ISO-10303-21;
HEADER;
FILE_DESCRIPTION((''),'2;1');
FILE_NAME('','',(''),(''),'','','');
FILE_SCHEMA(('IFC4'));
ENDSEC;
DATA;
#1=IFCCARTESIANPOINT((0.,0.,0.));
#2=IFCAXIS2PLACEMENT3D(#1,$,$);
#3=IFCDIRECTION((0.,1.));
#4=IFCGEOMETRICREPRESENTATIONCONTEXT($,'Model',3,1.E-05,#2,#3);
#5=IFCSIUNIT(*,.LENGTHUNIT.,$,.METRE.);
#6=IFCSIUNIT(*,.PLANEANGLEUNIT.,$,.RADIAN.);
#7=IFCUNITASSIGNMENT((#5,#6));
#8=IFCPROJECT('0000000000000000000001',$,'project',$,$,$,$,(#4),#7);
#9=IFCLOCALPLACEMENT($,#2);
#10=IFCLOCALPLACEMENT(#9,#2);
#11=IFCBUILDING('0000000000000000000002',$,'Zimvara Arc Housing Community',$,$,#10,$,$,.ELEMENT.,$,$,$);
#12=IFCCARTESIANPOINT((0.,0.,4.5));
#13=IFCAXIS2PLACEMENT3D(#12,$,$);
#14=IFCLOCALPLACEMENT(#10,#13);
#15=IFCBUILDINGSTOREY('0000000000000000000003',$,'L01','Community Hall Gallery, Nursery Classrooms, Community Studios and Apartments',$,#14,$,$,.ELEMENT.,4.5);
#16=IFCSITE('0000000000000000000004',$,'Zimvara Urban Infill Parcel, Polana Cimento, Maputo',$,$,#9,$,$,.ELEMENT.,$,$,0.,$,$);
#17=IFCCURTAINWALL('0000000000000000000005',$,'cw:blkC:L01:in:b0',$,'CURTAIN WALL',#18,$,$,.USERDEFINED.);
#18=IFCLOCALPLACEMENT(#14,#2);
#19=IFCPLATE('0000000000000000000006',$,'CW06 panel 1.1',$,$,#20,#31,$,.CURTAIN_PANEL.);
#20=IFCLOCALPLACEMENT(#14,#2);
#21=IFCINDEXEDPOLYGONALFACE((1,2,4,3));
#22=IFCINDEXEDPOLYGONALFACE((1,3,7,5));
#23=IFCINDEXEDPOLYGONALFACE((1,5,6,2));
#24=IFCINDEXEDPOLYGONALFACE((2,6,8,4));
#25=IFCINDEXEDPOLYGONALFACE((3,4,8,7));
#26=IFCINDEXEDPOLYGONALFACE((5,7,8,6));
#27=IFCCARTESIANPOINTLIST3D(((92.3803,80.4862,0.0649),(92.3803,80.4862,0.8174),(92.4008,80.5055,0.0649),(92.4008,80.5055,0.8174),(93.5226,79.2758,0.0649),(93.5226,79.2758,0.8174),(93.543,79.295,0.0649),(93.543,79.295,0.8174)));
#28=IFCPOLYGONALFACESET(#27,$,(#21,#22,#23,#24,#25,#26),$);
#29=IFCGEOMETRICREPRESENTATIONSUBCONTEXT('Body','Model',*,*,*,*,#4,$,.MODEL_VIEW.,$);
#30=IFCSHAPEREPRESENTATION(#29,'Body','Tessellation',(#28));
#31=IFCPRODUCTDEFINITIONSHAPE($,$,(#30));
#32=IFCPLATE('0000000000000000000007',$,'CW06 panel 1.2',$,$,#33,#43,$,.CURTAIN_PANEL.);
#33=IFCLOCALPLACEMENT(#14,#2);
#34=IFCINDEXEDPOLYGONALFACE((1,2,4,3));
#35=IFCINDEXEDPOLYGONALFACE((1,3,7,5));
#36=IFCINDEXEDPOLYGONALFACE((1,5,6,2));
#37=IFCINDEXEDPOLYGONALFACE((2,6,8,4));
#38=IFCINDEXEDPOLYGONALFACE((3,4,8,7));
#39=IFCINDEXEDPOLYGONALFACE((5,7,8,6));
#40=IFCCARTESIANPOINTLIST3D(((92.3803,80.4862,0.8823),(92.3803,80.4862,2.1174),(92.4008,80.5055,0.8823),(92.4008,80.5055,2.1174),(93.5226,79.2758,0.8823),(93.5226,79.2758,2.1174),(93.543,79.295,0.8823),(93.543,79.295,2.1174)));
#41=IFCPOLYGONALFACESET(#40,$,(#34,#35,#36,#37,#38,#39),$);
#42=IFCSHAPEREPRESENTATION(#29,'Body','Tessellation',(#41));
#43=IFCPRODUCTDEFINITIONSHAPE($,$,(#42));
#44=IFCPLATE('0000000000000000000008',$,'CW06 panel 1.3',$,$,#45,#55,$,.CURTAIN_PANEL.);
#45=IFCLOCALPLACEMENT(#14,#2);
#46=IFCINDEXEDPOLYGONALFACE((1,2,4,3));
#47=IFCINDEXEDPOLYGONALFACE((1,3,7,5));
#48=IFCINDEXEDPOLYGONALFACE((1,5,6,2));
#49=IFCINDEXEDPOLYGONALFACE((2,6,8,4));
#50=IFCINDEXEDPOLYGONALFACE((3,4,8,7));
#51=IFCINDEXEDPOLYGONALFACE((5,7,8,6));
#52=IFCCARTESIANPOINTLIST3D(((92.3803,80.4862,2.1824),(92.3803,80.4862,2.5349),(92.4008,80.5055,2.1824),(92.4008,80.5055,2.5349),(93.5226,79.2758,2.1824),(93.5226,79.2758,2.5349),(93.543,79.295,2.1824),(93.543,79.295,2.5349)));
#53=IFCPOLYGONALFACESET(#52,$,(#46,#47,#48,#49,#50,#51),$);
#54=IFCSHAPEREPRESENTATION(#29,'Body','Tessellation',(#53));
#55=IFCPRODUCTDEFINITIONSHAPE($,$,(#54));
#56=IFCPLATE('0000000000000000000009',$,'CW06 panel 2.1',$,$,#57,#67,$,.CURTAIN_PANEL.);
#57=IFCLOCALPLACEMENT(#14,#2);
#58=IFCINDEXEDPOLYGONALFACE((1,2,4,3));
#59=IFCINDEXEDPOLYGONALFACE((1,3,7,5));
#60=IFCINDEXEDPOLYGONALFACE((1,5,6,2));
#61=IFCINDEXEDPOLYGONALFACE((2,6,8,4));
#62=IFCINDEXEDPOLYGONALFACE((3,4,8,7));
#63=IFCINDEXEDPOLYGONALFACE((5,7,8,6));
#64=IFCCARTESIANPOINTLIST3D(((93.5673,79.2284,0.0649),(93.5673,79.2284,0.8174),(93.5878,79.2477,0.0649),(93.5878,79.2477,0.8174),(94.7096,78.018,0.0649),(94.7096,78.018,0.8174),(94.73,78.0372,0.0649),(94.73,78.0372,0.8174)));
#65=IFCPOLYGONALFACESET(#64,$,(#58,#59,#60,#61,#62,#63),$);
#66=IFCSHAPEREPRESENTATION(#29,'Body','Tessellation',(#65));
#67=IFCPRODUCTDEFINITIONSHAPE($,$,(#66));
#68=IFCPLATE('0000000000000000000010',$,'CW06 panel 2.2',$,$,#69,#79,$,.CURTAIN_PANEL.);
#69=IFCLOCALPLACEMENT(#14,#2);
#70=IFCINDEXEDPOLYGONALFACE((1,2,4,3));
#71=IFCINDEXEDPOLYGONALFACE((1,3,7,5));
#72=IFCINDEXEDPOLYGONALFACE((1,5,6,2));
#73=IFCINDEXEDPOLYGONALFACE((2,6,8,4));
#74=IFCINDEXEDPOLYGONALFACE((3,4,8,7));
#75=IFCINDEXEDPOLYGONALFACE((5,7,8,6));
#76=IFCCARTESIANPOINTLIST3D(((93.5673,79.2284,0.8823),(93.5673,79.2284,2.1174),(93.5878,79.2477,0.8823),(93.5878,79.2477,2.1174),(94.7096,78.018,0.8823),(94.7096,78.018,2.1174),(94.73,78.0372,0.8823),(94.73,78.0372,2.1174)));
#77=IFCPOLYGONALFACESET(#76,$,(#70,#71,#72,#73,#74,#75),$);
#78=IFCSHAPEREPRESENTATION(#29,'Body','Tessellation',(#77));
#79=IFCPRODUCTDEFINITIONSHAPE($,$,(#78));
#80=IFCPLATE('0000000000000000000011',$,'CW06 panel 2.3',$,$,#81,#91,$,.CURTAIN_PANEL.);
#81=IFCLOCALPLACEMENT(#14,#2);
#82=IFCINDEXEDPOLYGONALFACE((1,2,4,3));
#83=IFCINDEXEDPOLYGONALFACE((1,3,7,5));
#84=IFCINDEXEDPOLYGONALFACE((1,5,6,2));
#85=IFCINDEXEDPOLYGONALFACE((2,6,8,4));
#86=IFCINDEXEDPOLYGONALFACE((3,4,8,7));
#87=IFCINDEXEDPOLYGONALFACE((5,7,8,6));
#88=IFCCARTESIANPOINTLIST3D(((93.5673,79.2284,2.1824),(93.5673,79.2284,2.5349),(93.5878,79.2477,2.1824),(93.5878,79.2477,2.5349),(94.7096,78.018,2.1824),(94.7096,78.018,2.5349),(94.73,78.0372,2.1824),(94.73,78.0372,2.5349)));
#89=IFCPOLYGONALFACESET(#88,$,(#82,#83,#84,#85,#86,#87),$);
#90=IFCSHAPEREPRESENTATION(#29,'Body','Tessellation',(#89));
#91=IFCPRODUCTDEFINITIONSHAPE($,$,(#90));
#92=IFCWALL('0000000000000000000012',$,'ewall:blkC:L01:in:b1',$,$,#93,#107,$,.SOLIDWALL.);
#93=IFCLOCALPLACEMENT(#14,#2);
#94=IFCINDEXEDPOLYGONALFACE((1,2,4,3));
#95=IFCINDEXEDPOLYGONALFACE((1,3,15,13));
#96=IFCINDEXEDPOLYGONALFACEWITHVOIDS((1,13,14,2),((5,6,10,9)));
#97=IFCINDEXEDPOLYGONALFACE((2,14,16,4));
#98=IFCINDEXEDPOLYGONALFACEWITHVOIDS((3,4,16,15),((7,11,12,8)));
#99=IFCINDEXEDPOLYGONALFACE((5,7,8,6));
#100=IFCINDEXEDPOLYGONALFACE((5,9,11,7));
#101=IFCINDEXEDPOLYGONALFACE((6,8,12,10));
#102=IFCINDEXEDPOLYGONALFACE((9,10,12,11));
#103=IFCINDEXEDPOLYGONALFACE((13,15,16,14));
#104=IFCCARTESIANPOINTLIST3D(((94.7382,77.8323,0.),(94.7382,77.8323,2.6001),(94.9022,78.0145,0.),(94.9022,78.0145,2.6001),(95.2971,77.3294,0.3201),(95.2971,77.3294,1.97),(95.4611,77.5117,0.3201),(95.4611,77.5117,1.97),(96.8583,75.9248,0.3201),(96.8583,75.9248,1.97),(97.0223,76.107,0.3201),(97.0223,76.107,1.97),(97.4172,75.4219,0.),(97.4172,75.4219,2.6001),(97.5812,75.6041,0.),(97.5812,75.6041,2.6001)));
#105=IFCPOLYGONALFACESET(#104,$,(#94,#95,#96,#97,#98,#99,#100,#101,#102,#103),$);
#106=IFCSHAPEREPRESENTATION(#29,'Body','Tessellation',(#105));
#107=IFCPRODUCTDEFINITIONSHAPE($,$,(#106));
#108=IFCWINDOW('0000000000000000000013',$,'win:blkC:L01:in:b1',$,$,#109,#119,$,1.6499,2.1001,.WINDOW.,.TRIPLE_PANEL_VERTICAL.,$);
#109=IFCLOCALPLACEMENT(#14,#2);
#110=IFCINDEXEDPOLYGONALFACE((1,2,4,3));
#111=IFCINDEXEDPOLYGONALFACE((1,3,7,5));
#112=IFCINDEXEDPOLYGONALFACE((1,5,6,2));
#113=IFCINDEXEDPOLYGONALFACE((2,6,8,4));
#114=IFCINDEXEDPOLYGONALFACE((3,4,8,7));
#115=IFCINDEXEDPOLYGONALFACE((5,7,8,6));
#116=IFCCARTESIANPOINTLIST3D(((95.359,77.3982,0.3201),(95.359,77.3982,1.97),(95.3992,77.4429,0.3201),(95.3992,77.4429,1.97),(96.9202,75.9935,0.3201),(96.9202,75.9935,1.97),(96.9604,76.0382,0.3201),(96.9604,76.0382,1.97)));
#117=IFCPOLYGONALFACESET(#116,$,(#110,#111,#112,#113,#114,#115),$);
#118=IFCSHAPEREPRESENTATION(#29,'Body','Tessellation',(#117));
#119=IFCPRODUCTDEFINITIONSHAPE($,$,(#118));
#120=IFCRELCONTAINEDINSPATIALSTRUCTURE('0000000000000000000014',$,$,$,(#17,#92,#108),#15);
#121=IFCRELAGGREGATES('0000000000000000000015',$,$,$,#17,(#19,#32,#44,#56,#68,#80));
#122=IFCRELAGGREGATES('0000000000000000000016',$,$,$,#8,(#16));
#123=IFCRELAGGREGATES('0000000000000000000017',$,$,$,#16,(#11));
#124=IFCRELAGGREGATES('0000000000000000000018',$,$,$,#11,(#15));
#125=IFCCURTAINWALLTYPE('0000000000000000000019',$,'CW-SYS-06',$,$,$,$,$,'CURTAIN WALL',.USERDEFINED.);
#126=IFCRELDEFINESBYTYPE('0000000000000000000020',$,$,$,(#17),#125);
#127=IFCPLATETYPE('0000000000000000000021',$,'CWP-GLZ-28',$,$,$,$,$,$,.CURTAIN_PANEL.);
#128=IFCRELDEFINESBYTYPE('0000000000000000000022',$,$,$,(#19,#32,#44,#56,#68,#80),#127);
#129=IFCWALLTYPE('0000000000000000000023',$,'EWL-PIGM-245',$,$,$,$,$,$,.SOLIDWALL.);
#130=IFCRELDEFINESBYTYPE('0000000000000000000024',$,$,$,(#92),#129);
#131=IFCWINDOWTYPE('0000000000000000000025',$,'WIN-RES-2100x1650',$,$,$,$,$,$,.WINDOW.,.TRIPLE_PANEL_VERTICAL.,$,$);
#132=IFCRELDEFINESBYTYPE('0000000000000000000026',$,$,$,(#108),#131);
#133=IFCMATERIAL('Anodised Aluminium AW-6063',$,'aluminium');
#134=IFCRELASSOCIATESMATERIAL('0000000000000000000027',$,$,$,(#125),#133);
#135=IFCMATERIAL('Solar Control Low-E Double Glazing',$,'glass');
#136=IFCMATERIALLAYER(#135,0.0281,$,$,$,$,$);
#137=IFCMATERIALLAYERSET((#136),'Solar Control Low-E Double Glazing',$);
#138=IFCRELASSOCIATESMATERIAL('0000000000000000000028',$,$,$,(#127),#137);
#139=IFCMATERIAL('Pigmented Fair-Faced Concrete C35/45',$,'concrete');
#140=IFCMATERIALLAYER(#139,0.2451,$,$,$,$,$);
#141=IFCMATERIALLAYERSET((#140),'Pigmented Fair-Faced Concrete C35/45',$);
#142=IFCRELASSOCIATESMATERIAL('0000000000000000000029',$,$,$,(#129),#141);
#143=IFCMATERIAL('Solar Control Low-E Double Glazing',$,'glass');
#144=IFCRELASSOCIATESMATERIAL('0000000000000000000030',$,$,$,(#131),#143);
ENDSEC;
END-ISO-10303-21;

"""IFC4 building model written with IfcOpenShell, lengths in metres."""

from ifc_helpers import new_model, si_unit, direction, frame, frame_2d, origin, origin_2d, place, context, subcontext, project, spatial, rectangle, extrude, material, layer, layer_set, type_object, element, fill, aggregate, save


model = new_model("IFC4")

# Units and contexts
model_context = context("Model", 3, precision=1e-05, world=origin(), true_north=direction((0.0, 1.0)))
body_context = subcontext(model_context, "Body", "Model", "MODEL_VIEW")
ifc_project = project(units=[si_unit("LENGTHUNIT", "METRE"), si_unit("PLANEANGLEUNIT", "RADIAN")], contexts=[model_context])

# Site, building, storey
site_placement = place(None, origin())
site = spatial("IfcSite", under=ifc_project, at=site_placement, Name="Zimvara Urban Infill Parcel, Polana Cimento, Maputo", CompositionType="ELEMENT", RefElevation=0.0)
building_placement = place(site_placement, origin())
building = spatial("IfcBuilding", under=site, at=building_placement, Name="Zimvara Arc Housing Community", CompositionType="ELEMENT")
storey_placement = place(building_placement, frame((0.0, 0.0, 4.5)))
storey = spatial("IfcBuildingStorey", under=building, at=storey_placement, Name="L01", Description="Community Hall Gallery, Nursery Classrooms, Community Studios and Apartments", CompositionType="ELEMENT", Elevation=4.5)

# Curtain wall, plates
ifc_material_1 = material(Name="Anodised Aluminium AW-6063", Category="aluminium")
curtain_wall_type = type_object("IfcCurtainWallType", Name="CW-SYS-06", ElementType="CURTAIN WALL", PredefinedType="USERDEFINED", material=ifc_material_1)
curtain_wall_placement = place(storey_placement, origin())
curtain_wall = element("IfcCurtainWall", 1, at=curtain_wall_placement, inside=storey, type_object=curtain_wall_type, Name="cw:blkC:L01:in:b0", ObjectType="CURTAIN WALL", PredefinedType="USERDEFINED")
ifc_material_2 = material(Name="Solar Control Low-E Double Glazing", Category="glass")
ifc_layer_1 = layer(ifc_material_2, 0.0281)
ifc_layer_set_1 = layer_set([ifc_layer_1], Name="Solar Control Low-E Double Glazing")
plate_type = type_object("IfcPlateType", Name="CWP-GLZ-28", PredefinedType="CURTAIN_PANEL", material=ifc_layer_set_1)
plate_1_placement = place(storey_placement, frame((92.9617, 79.8906, 0.0649), z_axis=(0.0, 0.0, 1.0), x_axis=(0.686327, -0.727293, 0.0)))
plate_1 = element("IfcPlate", 2, at=plate_1_placement, type_object=plate_type, Name="CW06 panel 1.1", PredefinedType="CURTAIN_PANEL", context=body_context, shape_type="SweptSolid", body=[
    extrude(rectangle(XDim=1.6643, YDim=0.0281, at=origin_2d()), origin(), (0.0, 0.0, 1.0), 0.7524),
])
plate_2_placement = place(storey_placement, frame((92.9617, 79.8906, 0.8823), z_axis=(0.0, 0.0, 1.0), x_axis=(0.686327, -0.727293, 0.0)))
plate_2 = element("IfcPlate", 3, at=plate_2_placement, type_object=plate_type, Name="CW06 panel 1.2", PredefinedType="CURTAIN_PANEL", context=body_context, shape_type="SweptSolid", body=[
    extrude(rectangle(XDim=1.6643, YDim=0.0281, at=origin_2d()), origin(), (0.0, 0.0, 1.0), 1.2351),
])
plate_3_placement = place(storey_placement, frame((92.9617, 79.8906, 2.1824), z_axis=(0.0, 0.0, 1.0), x_axis=(0.686327, -0.727293, 0.0)))
plate_3 = element("IfcPlate", 4, at=plate_3_placement, type_object=plate_type, Name="CW06 panel 1.3", PredefinedType="CURTAIN_PANEL", context=body_context, shape_type="SweptSolid", body=[
    extrude(rectangle(XDim=1.6643, YDim=0.0281, at=origin_2d()), origin(), (0.0, 0.0, 1.0), 0.3525),
])
plate_4_placement = place(storey_placement, frame((94.1487, 78.6328, 0.0649), z_axis=(0.0, 0.0, 1.0), x_axis=(0.686327, -0.727293, 0.0)))
plate_4 = element("IfcPlate", 5, at=plate_4_placement, type_object=plate_type, Name="CW06 panel 2.1", PredefinedType="CURTAIN_PANEL", context=body_context, shape_type="SweptSolid", body=[
    extrude(rectangle(XDim=1.6643, YDim=0.0281, at=origin_2d()), origin(), (0.0, 0.0, 1.0), 0.7524),
])
plate_5_placement = place(storey_placement, frame((94.1487, 78.6328, 0.8823), z_axis=(0.0, 0.0, 1.0), x_axis=(0.686327, -0.727293, 0.0)))
plate_5 = element("IfcPlate", 6, at=plate_5_placement, type_object=plate_type, Name="CW06 panel 2.2", PredefinedType="CURTAIN_PANEL", context=body_context, shape_type="SweptSolid", body=[
    extrude(rectangle(XDim=1.6643, YDim=0.0281, at=origin_2d()), origin(), (0.0, 0.0, 1.0), 1.2351),
])
plate_6_placement = place(storey_placement, frame((94.1487, 78.6328, 2.1824), z_axis=(0.0, 0.0, 1.0), x_axis=(0.686327, -0.727293, 0.0)))
plate_6 = element("IfcPlate", 7, at=plate_6_placement, type_object=plate_type, Name="CW06 panel 2.3", PredefinedType="CURTAIN_PANEL", context=body_context, shape_type="SweptSolid", body=[
    extrude(rectangle(XDim=1.6643, YDim=0.0281, at=origin_2d()), origin(), (0.0, 0.0, 1.0), 0.3525),
])
aggregate(curtain_wall, [plate_1, plate_2, plate_3, plate_4, plate_5, plate_6])

# Wall, opening, window
ifc_material_3 = material(Name="Pigmented Fair-Faced Concrete C35/45", Category="concrete")
ifc_layer_2 = layer(ifc_material_3, 0.2451)
ifc_layer_set_2 = layer_set([ifc_layer_2], Name="Pigmented Fair-Faced Concrete C35/45")
wall_type = type_object("IfcWallType", Name="EWL-PIGM-245", PredefinedType="SOLIDWALL", material=ifc_layer_set_2)
wall_placement = place(storey_placement, frame((94.8203, 77.9233, 0.0), z_axis=(0.0, 0.0, 1.0), x_axis=(0.743385, -0.668864, 0.0)))
wall = element("IfcWall", 8, at=wall_placement, inside=storey, type_object=wall_type, Name="ewall:blkC:L01:in:b1", PredefinedType="SOLIDWALL", context=body_context, shape_type="SweptSolid", body=[
    extrude(rectangle(XDim=3.6038, YDim=0.2451, at=frame_2d((1.8018, 0.0))), origin(), (0.0, 0.0, 1.0), 2.6001),
])
opening_placement = place(wall_placement, frame((0.7517, 0.0, 0.3201)))
opening = element("IfcOpeningElement", 9, at=opening_placement, cuts=wall, PredefinedType="OPENING", context=body_context, shape_type="SweptSolid", body=[
    extrude(rectangle(XDim=2.1001, YDim=1.6499, at=frame_2d((1.05, 0.825))), frame((0.0, 0.1326, 0.0), z_axis=(0.0, -1.0, 0.0), x_axis=(1.0, 0.0, 0.0)), (0.0, 0.0, 1.0), 0.2651),
])
ifc_material_4 = material(Name="Solar Control Low-E Double Glazing", Category="glass")
window_type = type_object("IfcWindowType", Name="WIN-RES-2100x1650", PartitioningType="TRIPLE_PANEL_VERTICAL", PredefinedType="WINDOW", material=ifc_material_4)
window_placement = place(opening_placement, origin())
window = element("IfcWindow", 10, at=window_placement, inside=storey, type_object=window_type, Name="win:blkC:L01:in:b1", OverallHeight=1.6499, OverallWidth=2.1001, PartitioningType="TRIPLE_PANEL_VERTICAL", PredefinedType="WINDOW", context=body_context, shape_type="SweptSolid", body=[
    extrude(rectangle(XDim=2.1001, YDim=1.6499, at=frame_2d((1.05, 0.825))), frame((0.0, 0.03, 0.0), z_axis=(0.0, -1.0, 0.0), x_axis=(1.0, 0.0, 0.0)), (0.0, 0.0, 1.0), 0.0601),
])
fill(opening, window)

save(model, "model.ifc")
